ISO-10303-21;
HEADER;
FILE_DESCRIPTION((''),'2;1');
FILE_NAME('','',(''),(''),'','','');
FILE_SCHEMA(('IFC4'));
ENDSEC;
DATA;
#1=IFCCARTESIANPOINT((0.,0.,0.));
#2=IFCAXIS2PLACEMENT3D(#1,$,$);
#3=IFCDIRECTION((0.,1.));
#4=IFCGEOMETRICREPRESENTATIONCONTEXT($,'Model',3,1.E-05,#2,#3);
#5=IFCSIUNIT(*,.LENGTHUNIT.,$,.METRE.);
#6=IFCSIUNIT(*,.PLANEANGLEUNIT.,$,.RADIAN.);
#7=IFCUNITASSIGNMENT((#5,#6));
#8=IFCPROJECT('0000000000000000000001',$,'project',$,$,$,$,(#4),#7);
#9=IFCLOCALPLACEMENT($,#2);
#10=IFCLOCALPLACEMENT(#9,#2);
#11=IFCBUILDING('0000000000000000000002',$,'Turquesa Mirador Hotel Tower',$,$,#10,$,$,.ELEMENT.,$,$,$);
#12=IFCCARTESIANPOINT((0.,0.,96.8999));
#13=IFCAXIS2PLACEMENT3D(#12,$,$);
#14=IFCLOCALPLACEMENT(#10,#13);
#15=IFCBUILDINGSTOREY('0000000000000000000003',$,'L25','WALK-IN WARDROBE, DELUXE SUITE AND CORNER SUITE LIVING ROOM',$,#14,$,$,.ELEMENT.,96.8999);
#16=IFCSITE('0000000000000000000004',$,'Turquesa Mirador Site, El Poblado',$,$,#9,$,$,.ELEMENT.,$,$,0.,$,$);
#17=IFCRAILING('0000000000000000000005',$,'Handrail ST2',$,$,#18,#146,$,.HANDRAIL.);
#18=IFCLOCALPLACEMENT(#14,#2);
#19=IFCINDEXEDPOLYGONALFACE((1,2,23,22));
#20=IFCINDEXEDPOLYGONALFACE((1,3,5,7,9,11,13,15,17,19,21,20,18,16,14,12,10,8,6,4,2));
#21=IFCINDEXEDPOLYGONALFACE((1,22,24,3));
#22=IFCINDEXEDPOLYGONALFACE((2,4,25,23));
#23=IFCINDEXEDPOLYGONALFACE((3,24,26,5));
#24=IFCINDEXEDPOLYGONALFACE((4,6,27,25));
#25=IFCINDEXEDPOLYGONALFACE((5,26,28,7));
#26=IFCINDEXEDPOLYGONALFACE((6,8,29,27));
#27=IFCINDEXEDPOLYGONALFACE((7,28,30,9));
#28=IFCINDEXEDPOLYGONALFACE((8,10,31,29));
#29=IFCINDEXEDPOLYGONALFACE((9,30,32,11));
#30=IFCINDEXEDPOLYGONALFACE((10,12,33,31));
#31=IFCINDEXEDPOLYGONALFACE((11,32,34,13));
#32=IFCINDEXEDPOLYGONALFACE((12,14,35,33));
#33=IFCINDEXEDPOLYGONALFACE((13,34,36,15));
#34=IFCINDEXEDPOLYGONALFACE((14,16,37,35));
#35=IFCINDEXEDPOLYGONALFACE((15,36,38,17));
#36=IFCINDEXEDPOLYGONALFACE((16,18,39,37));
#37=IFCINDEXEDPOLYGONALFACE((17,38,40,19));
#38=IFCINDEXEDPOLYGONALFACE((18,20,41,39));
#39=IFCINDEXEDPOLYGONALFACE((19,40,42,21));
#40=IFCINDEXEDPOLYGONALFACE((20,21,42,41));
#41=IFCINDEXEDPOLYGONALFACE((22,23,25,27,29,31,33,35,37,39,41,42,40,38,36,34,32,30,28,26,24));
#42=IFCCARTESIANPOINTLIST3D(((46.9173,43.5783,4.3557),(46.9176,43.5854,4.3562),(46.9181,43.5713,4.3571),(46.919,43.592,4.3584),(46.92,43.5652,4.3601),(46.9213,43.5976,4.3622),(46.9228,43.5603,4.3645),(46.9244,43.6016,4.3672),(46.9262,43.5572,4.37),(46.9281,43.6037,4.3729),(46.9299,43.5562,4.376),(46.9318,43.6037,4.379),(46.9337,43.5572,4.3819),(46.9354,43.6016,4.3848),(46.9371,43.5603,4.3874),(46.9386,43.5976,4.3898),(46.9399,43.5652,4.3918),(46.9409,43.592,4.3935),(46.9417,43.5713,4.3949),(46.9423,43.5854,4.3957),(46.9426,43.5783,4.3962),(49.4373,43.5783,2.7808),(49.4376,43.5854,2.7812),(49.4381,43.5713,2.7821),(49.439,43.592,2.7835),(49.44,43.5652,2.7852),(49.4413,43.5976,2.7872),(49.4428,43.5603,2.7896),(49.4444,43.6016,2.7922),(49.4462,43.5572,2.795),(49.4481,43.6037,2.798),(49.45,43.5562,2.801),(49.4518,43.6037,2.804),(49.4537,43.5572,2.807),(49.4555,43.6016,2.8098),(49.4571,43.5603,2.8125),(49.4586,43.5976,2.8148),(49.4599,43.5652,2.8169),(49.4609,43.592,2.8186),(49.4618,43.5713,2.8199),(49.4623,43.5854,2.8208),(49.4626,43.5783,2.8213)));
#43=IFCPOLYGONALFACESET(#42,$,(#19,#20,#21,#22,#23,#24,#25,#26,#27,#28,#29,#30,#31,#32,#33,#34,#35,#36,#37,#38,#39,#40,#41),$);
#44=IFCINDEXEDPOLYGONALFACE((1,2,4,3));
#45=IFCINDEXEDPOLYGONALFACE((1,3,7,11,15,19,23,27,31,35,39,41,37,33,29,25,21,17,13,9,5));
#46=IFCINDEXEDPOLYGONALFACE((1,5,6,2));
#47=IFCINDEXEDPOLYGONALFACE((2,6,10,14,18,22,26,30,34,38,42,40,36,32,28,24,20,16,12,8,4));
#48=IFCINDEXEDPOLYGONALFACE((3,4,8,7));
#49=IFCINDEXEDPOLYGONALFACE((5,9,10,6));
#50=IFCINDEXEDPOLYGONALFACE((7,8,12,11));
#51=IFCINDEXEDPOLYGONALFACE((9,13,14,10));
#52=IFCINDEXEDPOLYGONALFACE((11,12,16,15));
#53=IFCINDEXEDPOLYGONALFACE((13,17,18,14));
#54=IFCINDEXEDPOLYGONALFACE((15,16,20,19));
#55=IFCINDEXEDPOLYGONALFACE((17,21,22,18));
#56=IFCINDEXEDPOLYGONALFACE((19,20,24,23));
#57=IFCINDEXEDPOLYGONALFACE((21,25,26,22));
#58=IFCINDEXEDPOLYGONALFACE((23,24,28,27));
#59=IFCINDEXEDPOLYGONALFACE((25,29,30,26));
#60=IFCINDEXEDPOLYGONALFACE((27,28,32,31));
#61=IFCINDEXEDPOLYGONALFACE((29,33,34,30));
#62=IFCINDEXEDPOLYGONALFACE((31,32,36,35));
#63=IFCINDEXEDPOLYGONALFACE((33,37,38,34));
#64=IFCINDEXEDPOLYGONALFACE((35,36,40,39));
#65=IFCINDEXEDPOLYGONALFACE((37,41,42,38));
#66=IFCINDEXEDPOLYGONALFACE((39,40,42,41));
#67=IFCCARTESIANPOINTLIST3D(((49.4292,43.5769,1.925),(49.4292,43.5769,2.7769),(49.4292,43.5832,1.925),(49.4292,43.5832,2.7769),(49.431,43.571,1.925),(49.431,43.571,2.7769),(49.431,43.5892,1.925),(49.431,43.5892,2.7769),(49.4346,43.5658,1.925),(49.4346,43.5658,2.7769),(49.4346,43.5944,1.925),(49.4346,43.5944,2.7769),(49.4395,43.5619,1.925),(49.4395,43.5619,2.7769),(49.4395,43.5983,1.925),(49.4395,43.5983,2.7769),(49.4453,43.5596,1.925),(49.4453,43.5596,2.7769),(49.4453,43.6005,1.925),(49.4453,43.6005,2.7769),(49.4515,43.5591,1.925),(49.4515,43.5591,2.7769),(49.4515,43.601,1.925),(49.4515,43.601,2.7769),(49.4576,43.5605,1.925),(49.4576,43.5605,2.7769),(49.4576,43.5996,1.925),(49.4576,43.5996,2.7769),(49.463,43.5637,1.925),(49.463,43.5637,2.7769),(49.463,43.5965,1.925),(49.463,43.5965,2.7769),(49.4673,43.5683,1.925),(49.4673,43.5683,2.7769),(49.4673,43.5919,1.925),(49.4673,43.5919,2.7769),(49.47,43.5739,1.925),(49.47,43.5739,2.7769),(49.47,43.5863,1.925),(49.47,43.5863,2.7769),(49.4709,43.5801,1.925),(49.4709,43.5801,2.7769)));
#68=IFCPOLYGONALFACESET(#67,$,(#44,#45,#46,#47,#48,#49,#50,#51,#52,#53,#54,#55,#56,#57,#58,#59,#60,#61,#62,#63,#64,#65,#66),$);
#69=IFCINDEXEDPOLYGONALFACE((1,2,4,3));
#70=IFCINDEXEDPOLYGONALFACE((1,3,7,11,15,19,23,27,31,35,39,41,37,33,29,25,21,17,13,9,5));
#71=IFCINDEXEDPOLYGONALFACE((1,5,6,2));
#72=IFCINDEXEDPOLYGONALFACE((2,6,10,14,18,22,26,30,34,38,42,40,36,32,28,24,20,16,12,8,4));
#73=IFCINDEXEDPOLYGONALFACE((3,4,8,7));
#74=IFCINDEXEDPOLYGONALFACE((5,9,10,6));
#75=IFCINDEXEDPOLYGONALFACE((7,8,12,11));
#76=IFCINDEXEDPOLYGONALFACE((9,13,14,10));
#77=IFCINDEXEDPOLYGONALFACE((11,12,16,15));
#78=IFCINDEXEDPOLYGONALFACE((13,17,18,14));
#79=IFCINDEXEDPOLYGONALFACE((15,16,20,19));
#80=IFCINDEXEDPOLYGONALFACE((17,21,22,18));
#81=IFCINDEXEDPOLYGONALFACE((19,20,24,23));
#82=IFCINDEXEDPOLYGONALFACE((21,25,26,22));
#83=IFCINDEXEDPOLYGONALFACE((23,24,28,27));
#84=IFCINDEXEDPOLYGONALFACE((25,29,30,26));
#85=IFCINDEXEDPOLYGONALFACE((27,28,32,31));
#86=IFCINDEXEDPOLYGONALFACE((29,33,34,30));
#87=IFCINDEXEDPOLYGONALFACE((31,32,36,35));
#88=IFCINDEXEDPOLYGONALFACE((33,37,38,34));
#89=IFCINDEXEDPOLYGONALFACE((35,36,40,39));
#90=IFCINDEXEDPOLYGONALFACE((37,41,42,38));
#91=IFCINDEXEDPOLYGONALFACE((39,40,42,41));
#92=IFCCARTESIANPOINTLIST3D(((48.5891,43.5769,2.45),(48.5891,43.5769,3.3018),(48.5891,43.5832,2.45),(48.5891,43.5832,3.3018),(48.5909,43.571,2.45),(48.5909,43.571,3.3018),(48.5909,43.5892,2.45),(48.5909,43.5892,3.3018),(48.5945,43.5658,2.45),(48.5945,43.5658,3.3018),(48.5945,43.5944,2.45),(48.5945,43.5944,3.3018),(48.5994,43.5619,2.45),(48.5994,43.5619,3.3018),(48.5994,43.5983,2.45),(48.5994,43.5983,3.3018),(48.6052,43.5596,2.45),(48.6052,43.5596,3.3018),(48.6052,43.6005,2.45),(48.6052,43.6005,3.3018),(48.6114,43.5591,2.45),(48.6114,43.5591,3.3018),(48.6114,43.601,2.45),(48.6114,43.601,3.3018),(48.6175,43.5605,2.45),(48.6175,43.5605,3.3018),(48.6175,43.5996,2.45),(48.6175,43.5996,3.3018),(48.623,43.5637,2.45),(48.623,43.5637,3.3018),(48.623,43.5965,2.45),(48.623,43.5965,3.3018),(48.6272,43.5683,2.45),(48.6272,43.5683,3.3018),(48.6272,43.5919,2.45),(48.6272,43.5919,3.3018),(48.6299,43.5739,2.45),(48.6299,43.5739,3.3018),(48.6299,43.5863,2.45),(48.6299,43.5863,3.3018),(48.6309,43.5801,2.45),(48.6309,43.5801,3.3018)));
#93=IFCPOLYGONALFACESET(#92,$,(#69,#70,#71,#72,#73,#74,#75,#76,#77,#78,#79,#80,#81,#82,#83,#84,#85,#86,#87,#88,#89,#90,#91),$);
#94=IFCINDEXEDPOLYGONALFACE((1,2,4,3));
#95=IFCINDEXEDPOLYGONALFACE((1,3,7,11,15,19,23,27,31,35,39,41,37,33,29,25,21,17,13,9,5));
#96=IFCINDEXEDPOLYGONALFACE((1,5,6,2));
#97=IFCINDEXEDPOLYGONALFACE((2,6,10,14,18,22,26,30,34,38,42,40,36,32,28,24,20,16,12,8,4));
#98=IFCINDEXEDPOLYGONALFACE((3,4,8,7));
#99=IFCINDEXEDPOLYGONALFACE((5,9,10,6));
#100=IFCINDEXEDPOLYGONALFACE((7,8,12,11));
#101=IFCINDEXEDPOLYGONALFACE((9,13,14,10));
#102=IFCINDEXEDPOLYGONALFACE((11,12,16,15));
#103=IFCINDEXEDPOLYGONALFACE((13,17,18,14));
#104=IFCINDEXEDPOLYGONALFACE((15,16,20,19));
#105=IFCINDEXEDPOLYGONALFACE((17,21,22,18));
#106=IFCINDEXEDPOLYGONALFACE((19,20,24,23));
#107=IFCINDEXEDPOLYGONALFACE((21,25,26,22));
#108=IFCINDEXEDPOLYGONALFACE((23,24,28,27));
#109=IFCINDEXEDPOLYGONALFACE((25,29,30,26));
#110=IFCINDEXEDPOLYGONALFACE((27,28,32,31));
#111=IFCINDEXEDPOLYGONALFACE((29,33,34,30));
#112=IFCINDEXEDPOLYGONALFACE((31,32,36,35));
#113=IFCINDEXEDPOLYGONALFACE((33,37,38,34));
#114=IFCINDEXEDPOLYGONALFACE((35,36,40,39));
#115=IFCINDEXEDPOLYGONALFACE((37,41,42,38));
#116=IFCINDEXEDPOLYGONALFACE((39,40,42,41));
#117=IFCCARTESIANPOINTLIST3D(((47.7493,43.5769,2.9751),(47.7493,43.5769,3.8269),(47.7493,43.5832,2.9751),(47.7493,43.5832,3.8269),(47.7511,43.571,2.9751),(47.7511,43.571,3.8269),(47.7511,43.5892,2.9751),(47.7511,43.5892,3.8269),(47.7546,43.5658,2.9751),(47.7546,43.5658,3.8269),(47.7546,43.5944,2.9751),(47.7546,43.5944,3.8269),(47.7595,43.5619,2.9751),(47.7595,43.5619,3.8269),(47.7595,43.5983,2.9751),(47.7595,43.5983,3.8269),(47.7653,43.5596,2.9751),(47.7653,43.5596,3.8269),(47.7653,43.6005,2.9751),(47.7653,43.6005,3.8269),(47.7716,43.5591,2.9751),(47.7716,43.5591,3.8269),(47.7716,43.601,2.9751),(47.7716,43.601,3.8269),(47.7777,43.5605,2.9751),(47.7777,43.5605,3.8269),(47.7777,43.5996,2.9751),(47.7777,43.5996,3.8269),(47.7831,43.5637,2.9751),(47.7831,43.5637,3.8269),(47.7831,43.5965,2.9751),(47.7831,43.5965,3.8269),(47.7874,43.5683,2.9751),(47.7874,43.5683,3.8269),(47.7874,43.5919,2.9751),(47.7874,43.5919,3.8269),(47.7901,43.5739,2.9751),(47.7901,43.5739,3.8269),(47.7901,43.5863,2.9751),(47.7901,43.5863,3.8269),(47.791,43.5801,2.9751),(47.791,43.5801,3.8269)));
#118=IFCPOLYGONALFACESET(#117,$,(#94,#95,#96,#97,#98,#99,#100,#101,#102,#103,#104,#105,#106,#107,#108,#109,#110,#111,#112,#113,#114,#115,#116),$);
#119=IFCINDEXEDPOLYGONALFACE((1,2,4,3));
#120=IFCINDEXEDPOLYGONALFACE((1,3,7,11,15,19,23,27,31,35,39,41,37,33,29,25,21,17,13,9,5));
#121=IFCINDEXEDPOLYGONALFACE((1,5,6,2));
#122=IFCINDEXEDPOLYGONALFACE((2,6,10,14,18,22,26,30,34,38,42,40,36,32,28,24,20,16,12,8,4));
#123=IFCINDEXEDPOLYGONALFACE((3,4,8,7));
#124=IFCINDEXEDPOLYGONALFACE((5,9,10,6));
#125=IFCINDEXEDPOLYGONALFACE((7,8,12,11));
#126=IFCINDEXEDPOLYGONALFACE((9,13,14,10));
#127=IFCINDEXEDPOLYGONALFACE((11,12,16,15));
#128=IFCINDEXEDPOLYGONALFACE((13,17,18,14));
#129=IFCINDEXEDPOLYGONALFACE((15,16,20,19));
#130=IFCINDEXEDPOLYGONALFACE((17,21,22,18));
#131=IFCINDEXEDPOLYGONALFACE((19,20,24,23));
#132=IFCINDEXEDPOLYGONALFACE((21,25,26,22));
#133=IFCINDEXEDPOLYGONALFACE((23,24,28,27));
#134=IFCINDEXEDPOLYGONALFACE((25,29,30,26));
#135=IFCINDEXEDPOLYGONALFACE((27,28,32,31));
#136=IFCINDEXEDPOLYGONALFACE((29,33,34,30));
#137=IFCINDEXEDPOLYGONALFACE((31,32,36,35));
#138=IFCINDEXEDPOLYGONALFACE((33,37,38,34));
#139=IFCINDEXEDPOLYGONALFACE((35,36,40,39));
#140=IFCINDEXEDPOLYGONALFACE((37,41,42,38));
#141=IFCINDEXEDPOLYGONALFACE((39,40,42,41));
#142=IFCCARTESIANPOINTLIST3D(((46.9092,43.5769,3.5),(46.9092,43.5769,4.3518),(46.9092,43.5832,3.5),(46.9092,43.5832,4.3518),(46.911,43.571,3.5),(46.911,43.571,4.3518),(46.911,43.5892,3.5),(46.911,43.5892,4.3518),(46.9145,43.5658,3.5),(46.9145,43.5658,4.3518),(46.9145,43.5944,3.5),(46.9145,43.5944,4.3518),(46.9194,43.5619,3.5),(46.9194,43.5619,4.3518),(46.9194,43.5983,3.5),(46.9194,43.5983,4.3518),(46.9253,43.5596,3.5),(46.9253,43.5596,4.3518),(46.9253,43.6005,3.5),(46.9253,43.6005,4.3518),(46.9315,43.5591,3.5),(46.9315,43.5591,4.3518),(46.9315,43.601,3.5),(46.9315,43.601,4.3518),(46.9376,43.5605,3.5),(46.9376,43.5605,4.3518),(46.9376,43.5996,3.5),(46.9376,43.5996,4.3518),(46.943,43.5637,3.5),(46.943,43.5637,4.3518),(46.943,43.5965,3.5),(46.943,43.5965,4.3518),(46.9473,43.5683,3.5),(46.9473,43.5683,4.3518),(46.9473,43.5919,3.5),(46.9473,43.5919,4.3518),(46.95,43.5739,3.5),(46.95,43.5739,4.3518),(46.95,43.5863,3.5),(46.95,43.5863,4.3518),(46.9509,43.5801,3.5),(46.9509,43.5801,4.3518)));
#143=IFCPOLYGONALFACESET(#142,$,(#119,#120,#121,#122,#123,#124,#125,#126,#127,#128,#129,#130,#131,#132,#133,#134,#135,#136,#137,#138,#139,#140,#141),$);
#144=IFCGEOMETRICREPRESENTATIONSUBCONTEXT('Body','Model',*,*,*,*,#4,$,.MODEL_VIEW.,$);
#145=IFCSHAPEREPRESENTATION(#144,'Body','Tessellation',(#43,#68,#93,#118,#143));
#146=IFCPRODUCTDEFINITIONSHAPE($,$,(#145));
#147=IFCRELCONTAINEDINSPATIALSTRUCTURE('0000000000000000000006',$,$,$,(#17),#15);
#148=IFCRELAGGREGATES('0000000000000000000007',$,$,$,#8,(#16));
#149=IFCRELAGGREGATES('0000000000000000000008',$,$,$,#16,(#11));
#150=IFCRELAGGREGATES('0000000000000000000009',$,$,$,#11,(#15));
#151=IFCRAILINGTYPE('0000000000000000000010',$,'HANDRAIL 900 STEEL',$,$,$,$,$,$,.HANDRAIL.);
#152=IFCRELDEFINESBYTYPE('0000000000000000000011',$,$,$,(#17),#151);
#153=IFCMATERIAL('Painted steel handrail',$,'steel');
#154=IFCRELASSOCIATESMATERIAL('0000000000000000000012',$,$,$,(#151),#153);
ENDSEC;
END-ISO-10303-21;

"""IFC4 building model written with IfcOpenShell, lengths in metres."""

from ifc_helpers import new_model, si_unit, direction, frame, origin, origin_2d, place, context, subcontext, project, spatial, circle, extrude, material, type_object, element, save


model = new_model("IFC4")

# Units and contexts
model_context = context("Model", 3, precision=1e-05, world=origin(), true_north=direction((0.0, 1.0)))
body_context = subcontext(model_context, "Body", "Model", "MODEL_VIEW")
ifc_project = project(units=[si_unit("LENGTHUNIT", "METRE"), si_unit("PLANEANGLEUNIT", "RADIAN")], contexts=[model_context])

# Site, building, storey
site_placement = place(None, origin())
site = spatial("IfcSite", under=ifc_project, at=site_placement, Name="Turquesa Mirador Site, El Poblado", CompositionType="ELEMENT", RefElevation=0.0)
building_placement = place(site_placement, origin())
building = spatial("IfcBuilding", under=site, at=building_placement, Name="Turquesa Mirador Hotel Tower", CompositionType="ELEMENT")
storey_placement = place(building_placement, frame((0.0, 0.0, 96.8999)))
storey = spatial("IfcBuildingStorey", under=building, at=storey_placement, Name="L25", Description="WALK-IN WARDROBE, DELUXE SUITE AND CORNER SUITE LIVING ROOM", CompositionType="ELEMENT", Elevation=96.8999)

# Railing
ifc_material_1 = material(Name="Painted steel handrail", Category="steel")
railing_type = type_object("IfcRailingType", Name="HANDRAIL 900 STEEL", PredefinedType="HANDRAIL", material=ifc_material_1)
railing_1_placement = place(storey_placement, frame((49.45, 43.5801, 1.925)))
element("IfcRailing", 1, at=railing_1_placement, inside=storey, type_object=railing_type, Name="Handrail ST2", PredefinedType="HANDRAIL", context=body_context, shape_type="SweptSolid", body=[
    extrude(circle(Radius=0.0239, at=origin_2d()), frame((0.0, 0.0, 0.876), z_axis=(-0.848008, 0.0, 0.529984), x_axis=(0.0, -1.0, 0.0)), (0.0, 0.0, 1.0), 2.9717),
    extrude(circle(Radius=0.021, at=origin_2d()), origin(), (0.0, 0.0, 1.0), 0.8518),
    extrude(circle(Radius=0.021, at=origin_2d()), frame((-0.8401, 0.0, 0.5249)), (0.0, 0.0, 1.0), 0.8518),
    extrude(circle(Radius=0.021, at=origin_2d()), frame((-1.6799, 0.0, 1.05)), (0.0, 0.0, 1.0), 0.8518),
    extrude(circle(Radius=0.021, at=origin_2d()), frame((-2.52, 0.0, 1.575)), (0.0, 0.0, 1.0), 0.8518),
])

save(model, "model.ifc")
